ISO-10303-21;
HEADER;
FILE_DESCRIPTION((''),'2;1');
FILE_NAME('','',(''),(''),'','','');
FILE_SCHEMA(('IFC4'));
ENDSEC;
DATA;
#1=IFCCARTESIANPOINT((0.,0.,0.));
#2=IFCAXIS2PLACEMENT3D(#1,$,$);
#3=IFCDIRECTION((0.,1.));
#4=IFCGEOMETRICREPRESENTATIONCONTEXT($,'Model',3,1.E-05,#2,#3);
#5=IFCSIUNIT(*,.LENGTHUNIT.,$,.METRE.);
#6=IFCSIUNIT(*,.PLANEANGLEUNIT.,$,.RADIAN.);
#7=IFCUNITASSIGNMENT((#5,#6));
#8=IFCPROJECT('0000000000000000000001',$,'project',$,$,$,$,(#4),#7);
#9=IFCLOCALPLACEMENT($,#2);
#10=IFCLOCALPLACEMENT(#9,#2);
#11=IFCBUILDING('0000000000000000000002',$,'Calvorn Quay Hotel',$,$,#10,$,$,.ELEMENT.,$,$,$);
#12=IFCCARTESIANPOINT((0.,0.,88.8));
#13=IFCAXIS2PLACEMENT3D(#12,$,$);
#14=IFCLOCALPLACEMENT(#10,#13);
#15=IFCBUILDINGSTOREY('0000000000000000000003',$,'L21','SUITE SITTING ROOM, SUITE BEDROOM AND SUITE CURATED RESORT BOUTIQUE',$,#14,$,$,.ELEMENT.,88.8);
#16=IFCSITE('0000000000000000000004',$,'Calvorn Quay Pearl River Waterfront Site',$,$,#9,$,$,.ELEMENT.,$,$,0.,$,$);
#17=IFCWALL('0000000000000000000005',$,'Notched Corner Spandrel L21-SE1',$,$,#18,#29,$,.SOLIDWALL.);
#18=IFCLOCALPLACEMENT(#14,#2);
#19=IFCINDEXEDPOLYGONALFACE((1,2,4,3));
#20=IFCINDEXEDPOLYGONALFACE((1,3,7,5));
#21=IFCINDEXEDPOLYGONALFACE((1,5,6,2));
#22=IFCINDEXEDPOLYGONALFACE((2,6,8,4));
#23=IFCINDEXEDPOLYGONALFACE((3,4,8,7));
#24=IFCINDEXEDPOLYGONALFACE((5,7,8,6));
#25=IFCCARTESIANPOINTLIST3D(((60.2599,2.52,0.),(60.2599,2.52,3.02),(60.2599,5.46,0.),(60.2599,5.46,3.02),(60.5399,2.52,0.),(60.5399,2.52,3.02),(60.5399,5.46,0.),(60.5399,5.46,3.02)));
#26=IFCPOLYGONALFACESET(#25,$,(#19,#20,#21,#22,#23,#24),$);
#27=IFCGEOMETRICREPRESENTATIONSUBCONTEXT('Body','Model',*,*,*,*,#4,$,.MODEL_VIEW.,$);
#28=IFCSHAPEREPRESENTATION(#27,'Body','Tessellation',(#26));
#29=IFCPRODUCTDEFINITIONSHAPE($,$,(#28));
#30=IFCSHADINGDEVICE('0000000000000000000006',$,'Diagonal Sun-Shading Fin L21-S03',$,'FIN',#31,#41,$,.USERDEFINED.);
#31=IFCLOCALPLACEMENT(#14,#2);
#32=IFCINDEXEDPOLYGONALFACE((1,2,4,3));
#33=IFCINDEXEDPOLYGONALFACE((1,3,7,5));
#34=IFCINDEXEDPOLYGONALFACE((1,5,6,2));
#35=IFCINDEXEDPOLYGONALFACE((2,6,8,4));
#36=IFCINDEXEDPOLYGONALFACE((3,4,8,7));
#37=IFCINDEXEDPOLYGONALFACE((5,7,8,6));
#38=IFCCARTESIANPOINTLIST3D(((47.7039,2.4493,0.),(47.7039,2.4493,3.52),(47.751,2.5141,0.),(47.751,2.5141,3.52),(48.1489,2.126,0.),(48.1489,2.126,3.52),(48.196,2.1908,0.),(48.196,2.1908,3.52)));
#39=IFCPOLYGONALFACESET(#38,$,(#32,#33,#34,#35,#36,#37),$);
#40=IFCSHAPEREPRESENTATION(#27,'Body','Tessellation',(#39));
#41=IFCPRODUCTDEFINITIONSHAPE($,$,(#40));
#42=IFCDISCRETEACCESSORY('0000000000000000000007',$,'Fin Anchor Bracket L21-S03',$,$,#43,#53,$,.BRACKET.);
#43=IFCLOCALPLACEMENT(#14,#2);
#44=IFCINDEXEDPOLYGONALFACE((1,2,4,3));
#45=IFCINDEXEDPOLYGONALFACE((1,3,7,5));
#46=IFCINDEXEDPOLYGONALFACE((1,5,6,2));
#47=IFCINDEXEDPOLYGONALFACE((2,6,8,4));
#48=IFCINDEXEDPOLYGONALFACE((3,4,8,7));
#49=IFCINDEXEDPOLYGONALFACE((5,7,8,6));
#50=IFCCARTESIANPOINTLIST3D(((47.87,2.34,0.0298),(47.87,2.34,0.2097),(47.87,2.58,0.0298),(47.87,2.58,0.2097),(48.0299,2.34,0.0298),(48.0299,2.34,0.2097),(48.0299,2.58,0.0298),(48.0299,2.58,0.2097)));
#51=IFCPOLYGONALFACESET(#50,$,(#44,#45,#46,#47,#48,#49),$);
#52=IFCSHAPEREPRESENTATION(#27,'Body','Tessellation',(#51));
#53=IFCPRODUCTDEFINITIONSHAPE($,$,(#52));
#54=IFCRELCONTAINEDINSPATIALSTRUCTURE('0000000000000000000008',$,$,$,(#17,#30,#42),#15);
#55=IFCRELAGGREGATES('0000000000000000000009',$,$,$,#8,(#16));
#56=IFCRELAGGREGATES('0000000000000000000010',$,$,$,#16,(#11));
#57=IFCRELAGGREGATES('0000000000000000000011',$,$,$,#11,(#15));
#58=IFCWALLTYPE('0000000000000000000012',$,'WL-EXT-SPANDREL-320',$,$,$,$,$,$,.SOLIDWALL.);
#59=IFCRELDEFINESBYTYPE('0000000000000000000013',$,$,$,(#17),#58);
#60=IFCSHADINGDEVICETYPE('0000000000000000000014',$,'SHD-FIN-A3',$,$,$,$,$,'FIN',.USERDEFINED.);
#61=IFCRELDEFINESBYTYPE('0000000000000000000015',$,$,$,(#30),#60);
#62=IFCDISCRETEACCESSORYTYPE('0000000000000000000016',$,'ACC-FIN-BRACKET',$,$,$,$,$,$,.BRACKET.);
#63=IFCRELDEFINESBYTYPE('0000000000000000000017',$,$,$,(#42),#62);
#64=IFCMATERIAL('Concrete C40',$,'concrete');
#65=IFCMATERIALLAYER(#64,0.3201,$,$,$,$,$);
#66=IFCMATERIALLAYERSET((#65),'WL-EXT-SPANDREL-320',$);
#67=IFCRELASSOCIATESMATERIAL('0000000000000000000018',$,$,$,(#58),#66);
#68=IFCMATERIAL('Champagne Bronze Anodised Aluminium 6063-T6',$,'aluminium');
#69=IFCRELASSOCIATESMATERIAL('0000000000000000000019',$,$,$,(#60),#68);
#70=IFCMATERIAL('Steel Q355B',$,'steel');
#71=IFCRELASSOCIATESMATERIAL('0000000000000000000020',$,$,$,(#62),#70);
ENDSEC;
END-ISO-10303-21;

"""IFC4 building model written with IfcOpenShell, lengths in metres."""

from ifc_helpers import new_model, si_unit, direction, frame, frame_2d, origin, origin_2d, place, context, subcontext, project, spatial, rectangle, extrude, material, layer, layer_set, type_object, element, save


model = new_model("IFC4")

# Units and contexts
model_context = context("Model", 3, precision=1e-05, world=origin(), true_north=direction((0.0, 1.0)))
body_context = subcontext(model_context, "Body", "Model", "MODEL_VIEW")
ifc_project = project(units=[si_unit("LENGTHUNIT", "METRE"), si_unit("PLANEANGLEUNIT", "RADIAN")], contexts=[model_context])

# Site, building, storey
site_placement = place(None, origin())
site = spatial("IfcSite", under=ifc_project, at=site_placement, Name="Calvorn Quay Pearl River Waterfront Site", CompositionType="ELEMENT", RefElevation=0.0)
building_placement = place(site_placement, origin())
building = spatial("IfcBuilding", under=site, at=building_placement, Name="Calvorn Quay Hotel", CompositionType="ELEMENT")
storey_placement = place(building_placement, frame((0.0, 0.0, 88.8)))
storey = spatial("IfcBuildingStorey", under=building, at=storey_placement, Name="L21", Description="SUITE SITTING ROOM, SUITE BEDROOM AND SUITE CURATED RESORT BOUTIQUE", CompositionType="ELEMENT", Elevation=88.8)

# Wall
ifc_material_1 = material(Name="Concrete C40", Category="concrete")
ifc_layer_1 = layer(ifc_material_1, 0.3201)
ifc_layer_set_1 = layer_set([ifc_layer_1], Name="WL-EXT-SPANDREL-320")
wall_type = type_object("IfcWallType", Name="WL-EXT-SPANDREL-320", PredefinedType="SOLIDWALL", material=ifc_layer_set_1)
wall_1_placement = place(storey_placement, frame((60.3999, 2.52, 0.0), z_axis=(0.0, 0.0, 1.0), x_axis=(0.0, 1.0, 0.0)))
element("IfcWall", 1, at=wall_1_placement, inside=storey, type_object=wall_type, Name="Notched Corner Spandrel L21-SE1", PredefinedType="SOLIDWALL", context=body_context, shape_type="SweptSolid", body=[
    extrude(rectangle(XDim=2.9399, YDim=0.28, at=frame_2d((1.47, 0.0))), origin(), (0.0, 0.0, 1.0), 3.02),
])

# Shading device
ifc_material_2 = material(Name="Champagne Bronze Anodised Aluminium 6063-T6", Category="aluminium")
shading_device_type = type_object("IfcShadingDeviceType", Name="SHD-FIN-A3", ElementType="FIN", PredefinedType="USERDEFINED", material=ifc_material_2)
shading_device_placement = place(storey_placement, frame((47.95, 2.3201, 0.0), z_axis=(0.0, 0.0, 1.0), x_axis=(-0.809017, 0.587785, 0.0)))
element("IfcShadingDevice", 2, at=shading_device_placement, inside=storey, type_object=shading_device_type, Name="Diagonal Sun-Shading Fin L21-S03", ObjectType="FIN", PredefinedType="USERDEFINED", context=body_context, shape_type="SweptSolid", body=[
    extrude(rectangle(XDim=0.55, YDim=0.0801, at=origin_2d()), origin(), (0.0, 0.0, 1.0), 3.52),
])

# Discrete accessory
ifc_material_3 = material(Name="Steel Q355B", Category="steel")
discrete_accessory_type = type_object("IfcDiscreteAccessoryType", Name="ACC-FIN-BRACKET", PredefinedType="BRACKET", material=ifc_material_3)
discrete_accessory_placement = place(storey_placement, frame((47.95, 2.46, 0.0298), z_axis=(0.0, 0.0, 1.0), x_axis=(0.0, 1.0, 0.0)))
element("IfcDiscreteAccessory", 3, at=discrete_accessory_placement, inside=storey, type_object=discrete_accessory_type, Name="Fin Anchor Bracket L21-S03", PredefinedType="BRACKET", context=body_context, shape_type="SweptSolid", body=[
    extrude(rectangle(XDim=0.24, YDim=0.1599, at=origin_2d()), origin(), (0.0, 0.0, 1.0), 0.1799),
])

save(model, "model.ifc")
